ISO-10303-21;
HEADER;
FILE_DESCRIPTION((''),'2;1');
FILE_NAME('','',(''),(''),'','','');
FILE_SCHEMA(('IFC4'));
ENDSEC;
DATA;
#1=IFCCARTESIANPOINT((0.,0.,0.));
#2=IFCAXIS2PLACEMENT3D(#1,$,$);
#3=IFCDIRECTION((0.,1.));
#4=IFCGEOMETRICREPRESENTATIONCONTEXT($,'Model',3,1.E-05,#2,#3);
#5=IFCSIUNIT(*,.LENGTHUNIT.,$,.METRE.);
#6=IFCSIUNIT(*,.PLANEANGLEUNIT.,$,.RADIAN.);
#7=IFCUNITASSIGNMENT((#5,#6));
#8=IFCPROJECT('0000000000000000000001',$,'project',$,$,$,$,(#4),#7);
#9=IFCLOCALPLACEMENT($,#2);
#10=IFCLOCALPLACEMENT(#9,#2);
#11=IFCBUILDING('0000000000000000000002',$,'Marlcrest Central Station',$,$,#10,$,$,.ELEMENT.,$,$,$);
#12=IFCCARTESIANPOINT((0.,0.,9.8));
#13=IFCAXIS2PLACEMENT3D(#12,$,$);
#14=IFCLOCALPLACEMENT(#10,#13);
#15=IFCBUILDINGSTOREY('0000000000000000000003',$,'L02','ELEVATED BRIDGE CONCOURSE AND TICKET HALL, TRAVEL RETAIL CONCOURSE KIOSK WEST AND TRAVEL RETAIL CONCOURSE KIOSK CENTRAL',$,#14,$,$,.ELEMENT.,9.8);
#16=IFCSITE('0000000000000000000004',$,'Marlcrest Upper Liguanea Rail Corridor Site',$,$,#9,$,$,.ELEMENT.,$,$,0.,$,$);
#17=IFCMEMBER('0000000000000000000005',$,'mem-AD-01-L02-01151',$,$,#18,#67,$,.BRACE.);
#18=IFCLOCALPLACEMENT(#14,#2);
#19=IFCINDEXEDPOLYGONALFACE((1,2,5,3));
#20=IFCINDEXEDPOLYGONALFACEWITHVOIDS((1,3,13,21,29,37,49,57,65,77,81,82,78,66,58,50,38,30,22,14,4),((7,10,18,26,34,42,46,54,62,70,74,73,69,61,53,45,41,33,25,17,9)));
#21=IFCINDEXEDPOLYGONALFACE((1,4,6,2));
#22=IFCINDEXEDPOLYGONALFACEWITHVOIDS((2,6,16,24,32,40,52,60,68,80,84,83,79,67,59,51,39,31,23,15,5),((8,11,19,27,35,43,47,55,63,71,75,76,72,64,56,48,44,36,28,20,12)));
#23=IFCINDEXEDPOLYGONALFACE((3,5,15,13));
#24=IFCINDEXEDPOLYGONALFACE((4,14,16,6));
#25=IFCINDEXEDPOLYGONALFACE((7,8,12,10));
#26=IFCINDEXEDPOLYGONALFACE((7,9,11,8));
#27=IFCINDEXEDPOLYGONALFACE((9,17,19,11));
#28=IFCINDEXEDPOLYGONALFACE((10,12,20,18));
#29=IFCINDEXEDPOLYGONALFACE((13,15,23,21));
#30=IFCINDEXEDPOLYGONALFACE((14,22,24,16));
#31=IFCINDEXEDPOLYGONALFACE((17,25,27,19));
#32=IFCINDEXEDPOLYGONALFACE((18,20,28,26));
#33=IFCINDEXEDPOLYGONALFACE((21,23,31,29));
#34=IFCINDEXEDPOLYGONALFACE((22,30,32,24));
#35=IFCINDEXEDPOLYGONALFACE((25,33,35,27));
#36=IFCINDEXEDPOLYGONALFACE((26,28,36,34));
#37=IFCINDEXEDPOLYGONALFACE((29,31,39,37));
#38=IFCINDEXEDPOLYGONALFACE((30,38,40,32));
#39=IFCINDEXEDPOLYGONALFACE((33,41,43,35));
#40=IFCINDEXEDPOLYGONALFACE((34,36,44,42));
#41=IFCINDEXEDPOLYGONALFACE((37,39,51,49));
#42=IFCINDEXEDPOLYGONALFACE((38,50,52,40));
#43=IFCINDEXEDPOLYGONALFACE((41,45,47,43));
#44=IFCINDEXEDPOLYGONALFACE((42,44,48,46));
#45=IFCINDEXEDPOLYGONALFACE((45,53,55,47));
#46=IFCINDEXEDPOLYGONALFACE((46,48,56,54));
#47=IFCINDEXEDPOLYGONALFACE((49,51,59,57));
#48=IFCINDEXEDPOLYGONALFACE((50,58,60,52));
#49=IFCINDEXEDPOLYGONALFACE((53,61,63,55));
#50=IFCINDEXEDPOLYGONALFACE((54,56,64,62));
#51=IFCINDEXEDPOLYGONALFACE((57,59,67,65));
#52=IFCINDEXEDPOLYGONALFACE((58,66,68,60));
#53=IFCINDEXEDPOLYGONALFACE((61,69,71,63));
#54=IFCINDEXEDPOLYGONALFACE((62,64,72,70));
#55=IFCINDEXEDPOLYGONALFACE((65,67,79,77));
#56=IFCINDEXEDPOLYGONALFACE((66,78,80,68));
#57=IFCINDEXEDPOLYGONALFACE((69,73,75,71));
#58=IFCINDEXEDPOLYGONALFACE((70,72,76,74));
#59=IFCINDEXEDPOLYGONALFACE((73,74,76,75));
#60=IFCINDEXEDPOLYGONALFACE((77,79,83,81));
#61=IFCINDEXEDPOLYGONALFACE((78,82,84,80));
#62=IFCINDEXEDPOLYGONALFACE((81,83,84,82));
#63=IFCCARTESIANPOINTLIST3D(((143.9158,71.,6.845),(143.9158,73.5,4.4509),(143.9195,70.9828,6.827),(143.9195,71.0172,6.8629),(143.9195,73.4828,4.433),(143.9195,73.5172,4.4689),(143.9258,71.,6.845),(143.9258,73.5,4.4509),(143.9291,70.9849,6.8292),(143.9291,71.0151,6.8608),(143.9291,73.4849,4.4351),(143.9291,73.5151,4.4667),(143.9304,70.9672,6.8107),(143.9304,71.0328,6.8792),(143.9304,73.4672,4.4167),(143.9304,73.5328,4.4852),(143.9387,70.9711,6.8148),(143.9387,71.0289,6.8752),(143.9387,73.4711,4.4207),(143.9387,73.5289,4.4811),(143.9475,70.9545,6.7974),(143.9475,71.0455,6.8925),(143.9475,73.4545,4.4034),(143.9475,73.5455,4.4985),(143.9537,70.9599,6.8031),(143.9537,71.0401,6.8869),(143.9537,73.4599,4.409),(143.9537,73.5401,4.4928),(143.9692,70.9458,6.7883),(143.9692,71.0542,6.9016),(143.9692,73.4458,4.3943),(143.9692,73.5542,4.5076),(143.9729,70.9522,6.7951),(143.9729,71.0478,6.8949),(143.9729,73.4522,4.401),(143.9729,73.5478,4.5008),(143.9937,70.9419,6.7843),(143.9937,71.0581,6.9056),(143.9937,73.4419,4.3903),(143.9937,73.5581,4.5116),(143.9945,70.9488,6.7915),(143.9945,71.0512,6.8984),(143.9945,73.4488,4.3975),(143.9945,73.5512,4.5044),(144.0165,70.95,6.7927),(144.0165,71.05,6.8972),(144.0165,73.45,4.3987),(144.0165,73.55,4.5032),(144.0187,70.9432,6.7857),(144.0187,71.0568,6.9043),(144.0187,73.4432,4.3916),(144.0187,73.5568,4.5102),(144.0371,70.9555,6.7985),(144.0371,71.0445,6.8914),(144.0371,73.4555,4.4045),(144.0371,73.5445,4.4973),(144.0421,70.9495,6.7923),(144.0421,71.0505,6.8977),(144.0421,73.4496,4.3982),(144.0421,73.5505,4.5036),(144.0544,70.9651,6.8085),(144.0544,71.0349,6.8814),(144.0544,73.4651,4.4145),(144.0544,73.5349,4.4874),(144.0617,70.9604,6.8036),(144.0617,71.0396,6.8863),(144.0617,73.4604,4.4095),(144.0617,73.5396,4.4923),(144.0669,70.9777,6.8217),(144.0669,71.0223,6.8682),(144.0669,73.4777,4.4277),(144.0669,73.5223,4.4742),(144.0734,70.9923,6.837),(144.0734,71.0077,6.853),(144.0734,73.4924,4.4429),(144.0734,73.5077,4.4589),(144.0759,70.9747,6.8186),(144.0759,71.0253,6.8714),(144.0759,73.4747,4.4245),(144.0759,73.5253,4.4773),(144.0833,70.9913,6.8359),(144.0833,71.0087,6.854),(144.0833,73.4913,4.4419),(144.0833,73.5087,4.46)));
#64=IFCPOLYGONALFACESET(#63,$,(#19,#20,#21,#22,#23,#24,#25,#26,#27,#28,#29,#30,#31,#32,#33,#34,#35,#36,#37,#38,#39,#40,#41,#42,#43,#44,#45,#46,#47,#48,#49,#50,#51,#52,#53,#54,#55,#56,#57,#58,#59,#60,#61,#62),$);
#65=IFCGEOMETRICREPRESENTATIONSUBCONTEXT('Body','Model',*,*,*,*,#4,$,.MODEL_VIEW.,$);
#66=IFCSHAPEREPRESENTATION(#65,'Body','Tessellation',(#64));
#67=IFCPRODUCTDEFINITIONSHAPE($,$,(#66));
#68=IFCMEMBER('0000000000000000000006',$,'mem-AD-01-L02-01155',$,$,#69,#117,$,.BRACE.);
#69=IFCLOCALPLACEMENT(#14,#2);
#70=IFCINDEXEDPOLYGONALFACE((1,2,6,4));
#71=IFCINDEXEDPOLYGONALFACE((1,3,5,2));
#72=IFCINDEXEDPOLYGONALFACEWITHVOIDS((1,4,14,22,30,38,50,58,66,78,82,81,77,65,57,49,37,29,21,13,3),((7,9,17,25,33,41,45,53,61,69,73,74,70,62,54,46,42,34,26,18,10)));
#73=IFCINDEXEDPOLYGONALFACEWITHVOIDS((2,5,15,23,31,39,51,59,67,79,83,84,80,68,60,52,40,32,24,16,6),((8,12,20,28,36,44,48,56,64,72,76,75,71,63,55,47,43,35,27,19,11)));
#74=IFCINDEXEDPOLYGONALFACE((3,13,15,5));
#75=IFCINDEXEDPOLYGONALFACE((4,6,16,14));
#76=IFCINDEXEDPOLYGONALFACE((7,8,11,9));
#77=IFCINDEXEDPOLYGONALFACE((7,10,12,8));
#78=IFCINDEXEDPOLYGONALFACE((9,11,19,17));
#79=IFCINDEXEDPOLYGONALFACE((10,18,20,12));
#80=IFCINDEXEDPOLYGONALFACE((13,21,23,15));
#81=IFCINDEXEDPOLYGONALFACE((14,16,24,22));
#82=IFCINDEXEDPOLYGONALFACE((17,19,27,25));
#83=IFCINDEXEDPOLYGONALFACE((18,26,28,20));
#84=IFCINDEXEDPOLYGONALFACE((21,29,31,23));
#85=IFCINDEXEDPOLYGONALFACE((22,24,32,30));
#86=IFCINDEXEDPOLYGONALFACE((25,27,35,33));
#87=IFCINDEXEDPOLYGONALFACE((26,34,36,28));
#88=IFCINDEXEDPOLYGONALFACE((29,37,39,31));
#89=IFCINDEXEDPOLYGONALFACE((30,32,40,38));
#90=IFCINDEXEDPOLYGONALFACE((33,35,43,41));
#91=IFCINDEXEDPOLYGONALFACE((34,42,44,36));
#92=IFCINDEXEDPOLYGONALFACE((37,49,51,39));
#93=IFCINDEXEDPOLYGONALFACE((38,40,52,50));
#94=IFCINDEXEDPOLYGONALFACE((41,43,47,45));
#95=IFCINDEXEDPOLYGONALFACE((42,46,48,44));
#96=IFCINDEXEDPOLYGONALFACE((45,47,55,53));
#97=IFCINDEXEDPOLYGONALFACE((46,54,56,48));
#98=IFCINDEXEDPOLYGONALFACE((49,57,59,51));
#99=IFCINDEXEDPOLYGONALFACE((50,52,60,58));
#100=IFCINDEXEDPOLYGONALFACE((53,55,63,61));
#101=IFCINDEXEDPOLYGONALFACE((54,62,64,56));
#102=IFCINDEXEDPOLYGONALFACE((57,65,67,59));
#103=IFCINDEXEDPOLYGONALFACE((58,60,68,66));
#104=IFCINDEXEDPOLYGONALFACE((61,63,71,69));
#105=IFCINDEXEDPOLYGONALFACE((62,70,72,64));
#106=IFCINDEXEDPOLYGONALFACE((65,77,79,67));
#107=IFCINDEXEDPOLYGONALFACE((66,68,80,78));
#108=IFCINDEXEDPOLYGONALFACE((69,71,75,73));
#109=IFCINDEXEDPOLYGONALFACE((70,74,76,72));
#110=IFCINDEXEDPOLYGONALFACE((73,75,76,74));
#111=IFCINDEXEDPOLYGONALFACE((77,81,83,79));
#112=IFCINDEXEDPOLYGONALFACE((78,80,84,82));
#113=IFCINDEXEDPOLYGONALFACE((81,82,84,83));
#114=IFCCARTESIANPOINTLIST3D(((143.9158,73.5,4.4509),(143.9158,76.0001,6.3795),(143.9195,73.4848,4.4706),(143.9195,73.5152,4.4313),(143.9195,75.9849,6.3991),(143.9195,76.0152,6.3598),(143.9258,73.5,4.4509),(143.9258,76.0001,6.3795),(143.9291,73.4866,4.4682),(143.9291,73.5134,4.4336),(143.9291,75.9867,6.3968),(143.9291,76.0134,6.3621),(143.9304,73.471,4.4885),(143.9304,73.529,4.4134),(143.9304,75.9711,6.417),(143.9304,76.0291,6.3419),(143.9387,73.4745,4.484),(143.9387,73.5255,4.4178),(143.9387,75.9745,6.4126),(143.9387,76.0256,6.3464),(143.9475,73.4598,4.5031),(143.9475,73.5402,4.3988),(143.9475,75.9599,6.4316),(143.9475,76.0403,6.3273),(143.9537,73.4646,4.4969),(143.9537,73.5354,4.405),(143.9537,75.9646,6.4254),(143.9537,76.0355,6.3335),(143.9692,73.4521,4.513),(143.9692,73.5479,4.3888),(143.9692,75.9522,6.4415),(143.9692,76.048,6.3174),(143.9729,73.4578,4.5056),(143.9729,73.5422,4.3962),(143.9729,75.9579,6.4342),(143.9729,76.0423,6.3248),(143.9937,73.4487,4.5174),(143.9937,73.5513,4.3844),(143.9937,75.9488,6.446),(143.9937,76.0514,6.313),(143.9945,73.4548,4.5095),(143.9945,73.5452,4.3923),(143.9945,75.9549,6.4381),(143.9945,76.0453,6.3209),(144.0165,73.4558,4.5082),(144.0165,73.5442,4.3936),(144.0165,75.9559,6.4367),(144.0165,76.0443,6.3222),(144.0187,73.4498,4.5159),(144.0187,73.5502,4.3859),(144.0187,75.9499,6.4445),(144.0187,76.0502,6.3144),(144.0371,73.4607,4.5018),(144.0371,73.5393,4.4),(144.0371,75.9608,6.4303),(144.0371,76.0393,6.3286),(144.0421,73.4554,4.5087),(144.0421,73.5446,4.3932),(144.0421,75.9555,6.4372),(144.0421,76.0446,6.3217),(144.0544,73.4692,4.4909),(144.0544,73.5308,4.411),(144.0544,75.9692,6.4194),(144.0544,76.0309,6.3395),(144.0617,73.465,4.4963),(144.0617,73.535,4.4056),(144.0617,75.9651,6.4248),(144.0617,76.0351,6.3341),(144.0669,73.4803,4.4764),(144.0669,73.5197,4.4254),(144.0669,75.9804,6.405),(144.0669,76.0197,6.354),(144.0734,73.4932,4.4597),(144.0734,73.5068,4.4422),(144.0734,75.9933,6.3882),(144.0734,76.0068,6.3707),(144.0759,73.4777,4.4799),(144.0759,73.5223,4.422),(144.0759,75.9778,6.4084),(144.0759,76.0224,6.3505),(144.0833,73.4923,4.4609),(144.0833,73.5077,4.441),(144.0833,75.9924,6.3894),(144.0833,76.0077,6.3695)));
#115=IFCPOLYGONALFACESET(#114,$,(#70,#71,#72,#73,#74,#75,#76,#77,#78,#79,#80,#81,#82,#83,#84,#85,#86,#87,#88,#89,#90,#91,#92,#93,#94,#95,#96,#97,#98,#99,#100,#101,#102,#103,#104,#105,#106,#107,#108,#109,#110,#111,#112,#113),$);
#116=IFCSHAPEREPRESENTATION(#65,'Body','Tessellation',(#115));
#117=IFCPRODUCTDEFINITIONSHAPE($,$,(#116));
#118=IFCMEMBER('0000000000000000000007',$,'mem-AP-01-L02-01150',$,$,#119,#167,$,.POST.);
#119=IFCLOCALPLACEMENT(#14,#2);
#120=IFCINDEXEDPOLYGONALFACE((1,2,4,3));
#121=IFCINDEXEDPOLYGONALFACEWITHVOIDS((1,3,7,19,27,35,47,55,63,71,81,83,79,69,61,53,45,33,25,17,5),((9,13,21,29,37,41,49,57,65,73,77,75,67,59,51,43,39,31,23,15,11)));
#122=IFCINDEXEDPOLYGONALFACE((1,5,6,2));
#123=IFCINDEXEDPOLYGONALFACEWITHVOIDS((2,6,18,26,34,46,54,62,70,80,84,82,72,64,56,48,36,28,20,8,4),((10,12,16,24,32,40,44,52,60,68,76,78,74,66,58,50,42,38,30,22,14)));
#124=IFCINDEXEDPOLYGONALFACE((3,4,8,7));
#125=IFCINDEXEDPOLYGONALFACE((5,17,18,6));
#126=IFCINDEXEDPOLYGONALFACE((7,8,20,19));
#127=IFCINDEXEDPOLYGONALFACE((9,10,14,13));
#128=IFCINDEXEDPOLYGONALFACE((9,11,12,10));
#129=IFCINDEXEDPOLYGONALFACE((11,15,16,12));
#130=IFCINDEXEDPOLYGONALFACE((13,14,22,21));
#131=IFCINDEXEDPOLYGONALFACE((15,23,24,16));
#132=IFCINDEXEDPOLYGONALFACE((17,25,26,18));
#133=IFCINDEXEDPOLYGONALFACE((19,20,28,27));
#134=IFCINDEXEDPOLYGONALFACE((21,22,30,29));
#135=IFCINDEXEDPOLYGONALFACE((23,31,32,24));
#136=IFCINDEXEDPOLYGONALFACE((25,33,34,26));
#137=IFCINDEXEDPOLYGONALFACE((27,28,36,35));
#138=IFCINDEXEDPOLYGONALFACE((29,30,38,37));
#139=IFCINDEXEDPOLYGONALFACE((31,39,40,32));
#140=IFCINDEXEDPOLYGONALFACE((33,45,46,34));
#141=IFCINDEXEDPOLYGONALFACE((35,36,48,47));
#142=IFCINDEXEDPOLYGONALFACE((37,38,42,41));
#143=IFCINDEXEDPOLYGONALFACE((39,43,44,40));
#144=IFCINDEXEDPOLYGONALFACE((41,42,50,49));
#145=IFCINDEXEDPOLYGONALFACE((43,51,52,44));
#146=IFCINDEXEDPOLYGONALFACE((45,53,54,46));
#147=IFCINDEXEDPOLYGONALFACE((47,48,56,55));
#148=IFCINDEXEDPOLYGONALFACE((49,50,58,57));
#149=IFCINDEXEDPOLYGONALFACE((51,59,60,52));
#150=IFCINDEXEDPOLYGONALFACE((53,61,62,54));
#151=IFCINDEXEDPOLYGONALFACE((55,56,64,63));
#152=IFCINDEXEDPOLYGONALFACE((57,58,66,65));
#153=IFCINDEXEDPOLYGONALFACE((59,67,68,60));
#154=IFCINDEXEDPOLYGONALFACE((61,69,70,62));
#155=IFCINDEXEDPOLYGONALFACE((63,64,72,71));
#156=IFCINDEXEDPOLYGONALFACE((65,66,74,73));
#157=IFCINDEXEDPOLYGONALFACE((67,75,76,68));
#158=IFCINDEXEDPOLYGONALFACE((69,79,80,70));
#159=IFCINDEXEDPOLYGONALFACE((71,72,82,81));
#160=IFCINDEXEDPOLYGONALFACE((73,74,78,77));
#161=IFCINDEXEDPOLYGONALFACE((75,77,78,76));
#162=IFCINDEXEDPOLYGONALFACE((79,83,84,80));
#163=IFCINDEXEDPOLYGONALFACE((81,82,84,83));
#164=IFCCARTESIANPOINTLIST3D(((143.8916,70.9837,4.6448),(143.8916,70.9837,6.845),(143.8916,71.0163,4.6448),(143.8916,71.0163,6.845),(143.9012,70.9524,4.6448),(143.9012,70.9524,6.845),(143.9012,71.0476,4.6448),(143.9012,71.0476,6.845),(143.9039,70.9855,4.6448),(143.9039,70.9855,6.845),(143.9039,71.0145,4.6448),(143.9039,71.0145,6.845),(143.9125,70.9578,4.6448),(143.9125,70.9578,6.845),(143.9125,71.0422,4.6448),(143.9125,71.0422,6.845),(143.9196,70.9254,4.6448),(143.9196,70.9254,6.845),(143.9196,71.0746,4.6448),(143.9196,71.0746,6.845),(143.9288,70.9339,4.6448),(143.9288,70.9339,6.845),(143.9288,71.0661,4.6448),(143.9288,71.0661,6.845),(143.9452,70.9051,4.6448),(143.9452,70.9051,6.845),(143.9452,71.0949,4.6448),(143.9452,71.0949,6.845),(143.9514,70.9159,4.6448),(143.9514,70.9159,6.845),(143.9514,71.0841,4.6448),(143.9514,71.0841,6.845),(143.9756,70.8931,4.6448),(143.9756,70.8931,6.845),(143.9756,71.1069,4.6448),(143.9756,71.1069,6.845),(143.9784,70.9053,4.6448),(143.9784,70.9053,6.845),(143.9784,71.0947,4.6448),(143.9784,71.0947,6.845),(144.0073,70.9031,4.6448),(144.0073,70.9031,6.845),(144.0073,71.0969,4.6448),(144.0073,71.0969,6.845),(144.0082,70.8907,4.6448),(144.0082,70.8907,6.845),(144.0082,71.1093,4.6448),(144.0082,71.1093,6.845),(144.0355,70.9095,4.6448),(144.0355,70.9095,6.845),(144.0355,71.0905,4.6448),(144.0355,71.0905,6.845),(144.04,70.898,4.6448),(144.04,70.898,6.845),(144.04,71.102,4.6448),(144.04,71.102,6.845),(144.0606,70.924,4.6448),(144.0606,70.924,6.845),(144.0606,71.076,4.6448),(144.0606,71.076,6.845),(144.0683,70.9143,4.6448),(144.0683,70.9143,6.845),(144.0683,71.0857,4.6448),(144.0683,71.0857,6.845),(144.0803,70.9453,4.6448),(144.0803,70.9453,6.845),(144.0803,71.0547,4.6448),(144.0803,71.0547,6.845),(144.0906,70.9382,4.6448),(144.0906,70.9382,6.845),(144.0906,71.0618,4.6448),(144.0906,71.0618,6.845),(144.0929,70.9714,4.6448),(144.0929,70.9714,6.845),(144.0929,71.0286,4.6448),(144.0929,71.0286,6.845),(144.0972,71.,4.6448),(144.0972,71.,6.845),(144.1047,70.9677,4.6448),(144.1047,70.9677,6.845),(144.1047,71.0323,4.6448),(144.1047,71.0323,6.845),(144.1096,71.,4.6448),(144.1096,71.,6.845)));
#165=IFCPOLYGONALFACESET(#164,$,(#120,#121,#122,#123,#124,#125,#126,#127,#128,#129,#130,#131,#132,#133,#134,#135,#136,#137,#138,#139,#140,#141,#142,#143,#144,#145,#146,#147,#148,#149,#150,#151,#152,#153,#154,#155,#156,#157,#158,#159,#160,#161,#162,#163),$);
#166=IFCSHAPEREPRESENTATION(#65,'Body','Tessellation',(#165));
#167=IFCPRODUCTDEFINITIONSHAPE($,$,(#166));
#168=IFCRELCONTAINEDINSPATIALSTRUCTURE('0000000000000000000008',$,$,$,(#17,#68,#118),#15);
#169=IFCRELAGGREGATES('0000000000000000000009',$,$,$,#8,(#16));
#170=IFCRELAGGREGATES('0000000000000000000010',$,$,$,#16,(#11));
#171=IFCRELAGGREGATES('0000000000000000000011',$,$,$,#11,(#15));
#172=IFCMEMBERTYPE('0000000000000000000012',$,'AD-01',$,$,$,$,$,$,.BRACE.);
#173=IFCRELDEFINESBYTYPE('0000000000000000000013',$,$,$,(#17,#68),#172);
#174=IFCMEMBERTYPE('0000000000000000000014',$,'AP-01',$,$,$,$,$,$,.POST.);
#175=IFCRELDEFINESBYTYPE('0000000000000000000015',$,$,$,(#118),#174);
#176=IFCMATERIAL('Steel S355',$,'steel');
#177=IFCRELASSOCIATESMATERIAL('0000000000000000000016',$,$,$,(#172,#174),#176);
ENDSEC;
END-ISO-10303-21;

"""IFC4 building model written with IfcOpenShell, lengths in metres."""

from ifc_helpers import new_model, si_unit, direction, frame, origin, origin_2d, place, context, subcontext, project, spatial, hollow_circle, extrude, material, material_profile, profile_set, type_object, element, save


model = new_model("IFC4")

# Units and contexts
model_context = context("Model", 3, precision=1e-05, world=origin(), true_north=direction((0.0, 1.0)))
body_context = subcontext(model_context, "Body", "Model", "MODEL_VIEW")
ifc_project = project(units=[si_unit("LENGTHUNIT", "METRE"), si_unit("PLANEANGLEUNIT", "RADIAN")], contexts=[model_context])

# Site, building, storey
site_placement = place(None, origin())
site = spatial("IfcSite", under=ifc_project, at=site_placement, Name="Marlcrest Upper Liguanea Rail Corridor Site", CompositionType="ELEMENT", RefElevation=0.0)
building_placement = place(site_placement, origin())
building = spatial("IfcBuilding", under=site, at=building_placement, Name="Marlcrest Central Station", CompositionType="ELEMENT")
storey_placement = place(building_placement, frame((0.0, 0.0, 9.8)))
storey = spatial("IfcBuildingStorey", under=building, at=storey_placement, Name="L02", Description="ELEVATED BRIDGE CONCOURSE AND TICKET HALL, TRAVEL RETAIL CONCOURSE KIOSK WEST AND TRAVEL RETAIL CONCOURSE KIOSK CENTRAL", CompositionType="ELEMENT", Elevation=9.8)

# Members
ifc_material = material(Name="Steel S355", Category="steel")
ifc_material_profile_1 = material_profile(ifc_material, hollow_circle(Radius=0.0842, WallThickness=0.01, at=origin_2d()), Name="CHS 168.3x10")
ifc_profile_set_1 = profile_set([ifc_material_profile_1], Name="Steel S355")
member_type_1 = type_object("IfcMemberType", Name="AD-01", PredefinedType="BRACE", material=ifc_profile_set_1)
member_1_placement = place(storey_placement, frame((144.0, 71.0, 6.845), z_axis=(0.0, 0.722247, -0.691636), x_axis=(-1.0, 0.0, 0.0)))
element("IfcMember", 1, at=member_1_placement, inside=storey, type_object=member_type_1, Name="mem-AD-01-L02-01151", PredefinedType="BRACE", context=body_context, shape_type="SweptSolid", body=[
    extrude(hollow_circle(Radius=0.0842, WallThickness=0.01, at=origin_2d()), origin(), (0.0, 0.0, 1.0), 3.4614),
])
member_2_placement = place(storey_placement, frame((144.0, 73.5, 4.4509), z_axis=(0.0, 0.791798, 0.610783), x_axis=(-1.0, 0.0, 0.0)))
element("IfcMember", 2, at=member_2_placement, inside=storey, type_object=member_type_1, Name="mem-AD-01-L02-01155", PredefinedType="BRACE", context=body_context, shape_type="SweptSolid", body=[
    extrude(hollow_circle(Radius=0.0842, WallThickness=0.01, at=origin_2d()), origin(), (0.0, 0.0, 1.0), 3.1575),
])
ifc_material_profile_2 = material_profile(ifc_material, hollow_circle(Radius=0.1096, WallThickness=0.0125, at=origin_2d()), Name="CHS 219.1x12.5")
ifc_profile_set_2 = profile_set([ifc_material_profile_2], Name="Steel S355")
member_type_2 = type_object("IfcMemberType", Name="AP-01", PredefinedType="POST", material=ifc_profile_set_2)
member_3_placement = place(storey_placement, frame((144.0, 71.0, 4.6448), z_axis=(0.0, 0.0, 1.0), x_axis=(1.0, 0.0, 0.0)))
element("IfcMember", 3, at=member_3_placement, inside=storey, type_object=member_type_2, Name="mem-AP-01-L02-01150", PredefinedType="POST", context=body_context, shape_type="SweptSolid", body=[
    extrude(hollow_circle(Radius=0.1096, WallThickness=0.0125, at=origin_2d()), origin(), (0.0, 0.0, 1.0), 2.2002),
])

save(model, "model.ifc")
